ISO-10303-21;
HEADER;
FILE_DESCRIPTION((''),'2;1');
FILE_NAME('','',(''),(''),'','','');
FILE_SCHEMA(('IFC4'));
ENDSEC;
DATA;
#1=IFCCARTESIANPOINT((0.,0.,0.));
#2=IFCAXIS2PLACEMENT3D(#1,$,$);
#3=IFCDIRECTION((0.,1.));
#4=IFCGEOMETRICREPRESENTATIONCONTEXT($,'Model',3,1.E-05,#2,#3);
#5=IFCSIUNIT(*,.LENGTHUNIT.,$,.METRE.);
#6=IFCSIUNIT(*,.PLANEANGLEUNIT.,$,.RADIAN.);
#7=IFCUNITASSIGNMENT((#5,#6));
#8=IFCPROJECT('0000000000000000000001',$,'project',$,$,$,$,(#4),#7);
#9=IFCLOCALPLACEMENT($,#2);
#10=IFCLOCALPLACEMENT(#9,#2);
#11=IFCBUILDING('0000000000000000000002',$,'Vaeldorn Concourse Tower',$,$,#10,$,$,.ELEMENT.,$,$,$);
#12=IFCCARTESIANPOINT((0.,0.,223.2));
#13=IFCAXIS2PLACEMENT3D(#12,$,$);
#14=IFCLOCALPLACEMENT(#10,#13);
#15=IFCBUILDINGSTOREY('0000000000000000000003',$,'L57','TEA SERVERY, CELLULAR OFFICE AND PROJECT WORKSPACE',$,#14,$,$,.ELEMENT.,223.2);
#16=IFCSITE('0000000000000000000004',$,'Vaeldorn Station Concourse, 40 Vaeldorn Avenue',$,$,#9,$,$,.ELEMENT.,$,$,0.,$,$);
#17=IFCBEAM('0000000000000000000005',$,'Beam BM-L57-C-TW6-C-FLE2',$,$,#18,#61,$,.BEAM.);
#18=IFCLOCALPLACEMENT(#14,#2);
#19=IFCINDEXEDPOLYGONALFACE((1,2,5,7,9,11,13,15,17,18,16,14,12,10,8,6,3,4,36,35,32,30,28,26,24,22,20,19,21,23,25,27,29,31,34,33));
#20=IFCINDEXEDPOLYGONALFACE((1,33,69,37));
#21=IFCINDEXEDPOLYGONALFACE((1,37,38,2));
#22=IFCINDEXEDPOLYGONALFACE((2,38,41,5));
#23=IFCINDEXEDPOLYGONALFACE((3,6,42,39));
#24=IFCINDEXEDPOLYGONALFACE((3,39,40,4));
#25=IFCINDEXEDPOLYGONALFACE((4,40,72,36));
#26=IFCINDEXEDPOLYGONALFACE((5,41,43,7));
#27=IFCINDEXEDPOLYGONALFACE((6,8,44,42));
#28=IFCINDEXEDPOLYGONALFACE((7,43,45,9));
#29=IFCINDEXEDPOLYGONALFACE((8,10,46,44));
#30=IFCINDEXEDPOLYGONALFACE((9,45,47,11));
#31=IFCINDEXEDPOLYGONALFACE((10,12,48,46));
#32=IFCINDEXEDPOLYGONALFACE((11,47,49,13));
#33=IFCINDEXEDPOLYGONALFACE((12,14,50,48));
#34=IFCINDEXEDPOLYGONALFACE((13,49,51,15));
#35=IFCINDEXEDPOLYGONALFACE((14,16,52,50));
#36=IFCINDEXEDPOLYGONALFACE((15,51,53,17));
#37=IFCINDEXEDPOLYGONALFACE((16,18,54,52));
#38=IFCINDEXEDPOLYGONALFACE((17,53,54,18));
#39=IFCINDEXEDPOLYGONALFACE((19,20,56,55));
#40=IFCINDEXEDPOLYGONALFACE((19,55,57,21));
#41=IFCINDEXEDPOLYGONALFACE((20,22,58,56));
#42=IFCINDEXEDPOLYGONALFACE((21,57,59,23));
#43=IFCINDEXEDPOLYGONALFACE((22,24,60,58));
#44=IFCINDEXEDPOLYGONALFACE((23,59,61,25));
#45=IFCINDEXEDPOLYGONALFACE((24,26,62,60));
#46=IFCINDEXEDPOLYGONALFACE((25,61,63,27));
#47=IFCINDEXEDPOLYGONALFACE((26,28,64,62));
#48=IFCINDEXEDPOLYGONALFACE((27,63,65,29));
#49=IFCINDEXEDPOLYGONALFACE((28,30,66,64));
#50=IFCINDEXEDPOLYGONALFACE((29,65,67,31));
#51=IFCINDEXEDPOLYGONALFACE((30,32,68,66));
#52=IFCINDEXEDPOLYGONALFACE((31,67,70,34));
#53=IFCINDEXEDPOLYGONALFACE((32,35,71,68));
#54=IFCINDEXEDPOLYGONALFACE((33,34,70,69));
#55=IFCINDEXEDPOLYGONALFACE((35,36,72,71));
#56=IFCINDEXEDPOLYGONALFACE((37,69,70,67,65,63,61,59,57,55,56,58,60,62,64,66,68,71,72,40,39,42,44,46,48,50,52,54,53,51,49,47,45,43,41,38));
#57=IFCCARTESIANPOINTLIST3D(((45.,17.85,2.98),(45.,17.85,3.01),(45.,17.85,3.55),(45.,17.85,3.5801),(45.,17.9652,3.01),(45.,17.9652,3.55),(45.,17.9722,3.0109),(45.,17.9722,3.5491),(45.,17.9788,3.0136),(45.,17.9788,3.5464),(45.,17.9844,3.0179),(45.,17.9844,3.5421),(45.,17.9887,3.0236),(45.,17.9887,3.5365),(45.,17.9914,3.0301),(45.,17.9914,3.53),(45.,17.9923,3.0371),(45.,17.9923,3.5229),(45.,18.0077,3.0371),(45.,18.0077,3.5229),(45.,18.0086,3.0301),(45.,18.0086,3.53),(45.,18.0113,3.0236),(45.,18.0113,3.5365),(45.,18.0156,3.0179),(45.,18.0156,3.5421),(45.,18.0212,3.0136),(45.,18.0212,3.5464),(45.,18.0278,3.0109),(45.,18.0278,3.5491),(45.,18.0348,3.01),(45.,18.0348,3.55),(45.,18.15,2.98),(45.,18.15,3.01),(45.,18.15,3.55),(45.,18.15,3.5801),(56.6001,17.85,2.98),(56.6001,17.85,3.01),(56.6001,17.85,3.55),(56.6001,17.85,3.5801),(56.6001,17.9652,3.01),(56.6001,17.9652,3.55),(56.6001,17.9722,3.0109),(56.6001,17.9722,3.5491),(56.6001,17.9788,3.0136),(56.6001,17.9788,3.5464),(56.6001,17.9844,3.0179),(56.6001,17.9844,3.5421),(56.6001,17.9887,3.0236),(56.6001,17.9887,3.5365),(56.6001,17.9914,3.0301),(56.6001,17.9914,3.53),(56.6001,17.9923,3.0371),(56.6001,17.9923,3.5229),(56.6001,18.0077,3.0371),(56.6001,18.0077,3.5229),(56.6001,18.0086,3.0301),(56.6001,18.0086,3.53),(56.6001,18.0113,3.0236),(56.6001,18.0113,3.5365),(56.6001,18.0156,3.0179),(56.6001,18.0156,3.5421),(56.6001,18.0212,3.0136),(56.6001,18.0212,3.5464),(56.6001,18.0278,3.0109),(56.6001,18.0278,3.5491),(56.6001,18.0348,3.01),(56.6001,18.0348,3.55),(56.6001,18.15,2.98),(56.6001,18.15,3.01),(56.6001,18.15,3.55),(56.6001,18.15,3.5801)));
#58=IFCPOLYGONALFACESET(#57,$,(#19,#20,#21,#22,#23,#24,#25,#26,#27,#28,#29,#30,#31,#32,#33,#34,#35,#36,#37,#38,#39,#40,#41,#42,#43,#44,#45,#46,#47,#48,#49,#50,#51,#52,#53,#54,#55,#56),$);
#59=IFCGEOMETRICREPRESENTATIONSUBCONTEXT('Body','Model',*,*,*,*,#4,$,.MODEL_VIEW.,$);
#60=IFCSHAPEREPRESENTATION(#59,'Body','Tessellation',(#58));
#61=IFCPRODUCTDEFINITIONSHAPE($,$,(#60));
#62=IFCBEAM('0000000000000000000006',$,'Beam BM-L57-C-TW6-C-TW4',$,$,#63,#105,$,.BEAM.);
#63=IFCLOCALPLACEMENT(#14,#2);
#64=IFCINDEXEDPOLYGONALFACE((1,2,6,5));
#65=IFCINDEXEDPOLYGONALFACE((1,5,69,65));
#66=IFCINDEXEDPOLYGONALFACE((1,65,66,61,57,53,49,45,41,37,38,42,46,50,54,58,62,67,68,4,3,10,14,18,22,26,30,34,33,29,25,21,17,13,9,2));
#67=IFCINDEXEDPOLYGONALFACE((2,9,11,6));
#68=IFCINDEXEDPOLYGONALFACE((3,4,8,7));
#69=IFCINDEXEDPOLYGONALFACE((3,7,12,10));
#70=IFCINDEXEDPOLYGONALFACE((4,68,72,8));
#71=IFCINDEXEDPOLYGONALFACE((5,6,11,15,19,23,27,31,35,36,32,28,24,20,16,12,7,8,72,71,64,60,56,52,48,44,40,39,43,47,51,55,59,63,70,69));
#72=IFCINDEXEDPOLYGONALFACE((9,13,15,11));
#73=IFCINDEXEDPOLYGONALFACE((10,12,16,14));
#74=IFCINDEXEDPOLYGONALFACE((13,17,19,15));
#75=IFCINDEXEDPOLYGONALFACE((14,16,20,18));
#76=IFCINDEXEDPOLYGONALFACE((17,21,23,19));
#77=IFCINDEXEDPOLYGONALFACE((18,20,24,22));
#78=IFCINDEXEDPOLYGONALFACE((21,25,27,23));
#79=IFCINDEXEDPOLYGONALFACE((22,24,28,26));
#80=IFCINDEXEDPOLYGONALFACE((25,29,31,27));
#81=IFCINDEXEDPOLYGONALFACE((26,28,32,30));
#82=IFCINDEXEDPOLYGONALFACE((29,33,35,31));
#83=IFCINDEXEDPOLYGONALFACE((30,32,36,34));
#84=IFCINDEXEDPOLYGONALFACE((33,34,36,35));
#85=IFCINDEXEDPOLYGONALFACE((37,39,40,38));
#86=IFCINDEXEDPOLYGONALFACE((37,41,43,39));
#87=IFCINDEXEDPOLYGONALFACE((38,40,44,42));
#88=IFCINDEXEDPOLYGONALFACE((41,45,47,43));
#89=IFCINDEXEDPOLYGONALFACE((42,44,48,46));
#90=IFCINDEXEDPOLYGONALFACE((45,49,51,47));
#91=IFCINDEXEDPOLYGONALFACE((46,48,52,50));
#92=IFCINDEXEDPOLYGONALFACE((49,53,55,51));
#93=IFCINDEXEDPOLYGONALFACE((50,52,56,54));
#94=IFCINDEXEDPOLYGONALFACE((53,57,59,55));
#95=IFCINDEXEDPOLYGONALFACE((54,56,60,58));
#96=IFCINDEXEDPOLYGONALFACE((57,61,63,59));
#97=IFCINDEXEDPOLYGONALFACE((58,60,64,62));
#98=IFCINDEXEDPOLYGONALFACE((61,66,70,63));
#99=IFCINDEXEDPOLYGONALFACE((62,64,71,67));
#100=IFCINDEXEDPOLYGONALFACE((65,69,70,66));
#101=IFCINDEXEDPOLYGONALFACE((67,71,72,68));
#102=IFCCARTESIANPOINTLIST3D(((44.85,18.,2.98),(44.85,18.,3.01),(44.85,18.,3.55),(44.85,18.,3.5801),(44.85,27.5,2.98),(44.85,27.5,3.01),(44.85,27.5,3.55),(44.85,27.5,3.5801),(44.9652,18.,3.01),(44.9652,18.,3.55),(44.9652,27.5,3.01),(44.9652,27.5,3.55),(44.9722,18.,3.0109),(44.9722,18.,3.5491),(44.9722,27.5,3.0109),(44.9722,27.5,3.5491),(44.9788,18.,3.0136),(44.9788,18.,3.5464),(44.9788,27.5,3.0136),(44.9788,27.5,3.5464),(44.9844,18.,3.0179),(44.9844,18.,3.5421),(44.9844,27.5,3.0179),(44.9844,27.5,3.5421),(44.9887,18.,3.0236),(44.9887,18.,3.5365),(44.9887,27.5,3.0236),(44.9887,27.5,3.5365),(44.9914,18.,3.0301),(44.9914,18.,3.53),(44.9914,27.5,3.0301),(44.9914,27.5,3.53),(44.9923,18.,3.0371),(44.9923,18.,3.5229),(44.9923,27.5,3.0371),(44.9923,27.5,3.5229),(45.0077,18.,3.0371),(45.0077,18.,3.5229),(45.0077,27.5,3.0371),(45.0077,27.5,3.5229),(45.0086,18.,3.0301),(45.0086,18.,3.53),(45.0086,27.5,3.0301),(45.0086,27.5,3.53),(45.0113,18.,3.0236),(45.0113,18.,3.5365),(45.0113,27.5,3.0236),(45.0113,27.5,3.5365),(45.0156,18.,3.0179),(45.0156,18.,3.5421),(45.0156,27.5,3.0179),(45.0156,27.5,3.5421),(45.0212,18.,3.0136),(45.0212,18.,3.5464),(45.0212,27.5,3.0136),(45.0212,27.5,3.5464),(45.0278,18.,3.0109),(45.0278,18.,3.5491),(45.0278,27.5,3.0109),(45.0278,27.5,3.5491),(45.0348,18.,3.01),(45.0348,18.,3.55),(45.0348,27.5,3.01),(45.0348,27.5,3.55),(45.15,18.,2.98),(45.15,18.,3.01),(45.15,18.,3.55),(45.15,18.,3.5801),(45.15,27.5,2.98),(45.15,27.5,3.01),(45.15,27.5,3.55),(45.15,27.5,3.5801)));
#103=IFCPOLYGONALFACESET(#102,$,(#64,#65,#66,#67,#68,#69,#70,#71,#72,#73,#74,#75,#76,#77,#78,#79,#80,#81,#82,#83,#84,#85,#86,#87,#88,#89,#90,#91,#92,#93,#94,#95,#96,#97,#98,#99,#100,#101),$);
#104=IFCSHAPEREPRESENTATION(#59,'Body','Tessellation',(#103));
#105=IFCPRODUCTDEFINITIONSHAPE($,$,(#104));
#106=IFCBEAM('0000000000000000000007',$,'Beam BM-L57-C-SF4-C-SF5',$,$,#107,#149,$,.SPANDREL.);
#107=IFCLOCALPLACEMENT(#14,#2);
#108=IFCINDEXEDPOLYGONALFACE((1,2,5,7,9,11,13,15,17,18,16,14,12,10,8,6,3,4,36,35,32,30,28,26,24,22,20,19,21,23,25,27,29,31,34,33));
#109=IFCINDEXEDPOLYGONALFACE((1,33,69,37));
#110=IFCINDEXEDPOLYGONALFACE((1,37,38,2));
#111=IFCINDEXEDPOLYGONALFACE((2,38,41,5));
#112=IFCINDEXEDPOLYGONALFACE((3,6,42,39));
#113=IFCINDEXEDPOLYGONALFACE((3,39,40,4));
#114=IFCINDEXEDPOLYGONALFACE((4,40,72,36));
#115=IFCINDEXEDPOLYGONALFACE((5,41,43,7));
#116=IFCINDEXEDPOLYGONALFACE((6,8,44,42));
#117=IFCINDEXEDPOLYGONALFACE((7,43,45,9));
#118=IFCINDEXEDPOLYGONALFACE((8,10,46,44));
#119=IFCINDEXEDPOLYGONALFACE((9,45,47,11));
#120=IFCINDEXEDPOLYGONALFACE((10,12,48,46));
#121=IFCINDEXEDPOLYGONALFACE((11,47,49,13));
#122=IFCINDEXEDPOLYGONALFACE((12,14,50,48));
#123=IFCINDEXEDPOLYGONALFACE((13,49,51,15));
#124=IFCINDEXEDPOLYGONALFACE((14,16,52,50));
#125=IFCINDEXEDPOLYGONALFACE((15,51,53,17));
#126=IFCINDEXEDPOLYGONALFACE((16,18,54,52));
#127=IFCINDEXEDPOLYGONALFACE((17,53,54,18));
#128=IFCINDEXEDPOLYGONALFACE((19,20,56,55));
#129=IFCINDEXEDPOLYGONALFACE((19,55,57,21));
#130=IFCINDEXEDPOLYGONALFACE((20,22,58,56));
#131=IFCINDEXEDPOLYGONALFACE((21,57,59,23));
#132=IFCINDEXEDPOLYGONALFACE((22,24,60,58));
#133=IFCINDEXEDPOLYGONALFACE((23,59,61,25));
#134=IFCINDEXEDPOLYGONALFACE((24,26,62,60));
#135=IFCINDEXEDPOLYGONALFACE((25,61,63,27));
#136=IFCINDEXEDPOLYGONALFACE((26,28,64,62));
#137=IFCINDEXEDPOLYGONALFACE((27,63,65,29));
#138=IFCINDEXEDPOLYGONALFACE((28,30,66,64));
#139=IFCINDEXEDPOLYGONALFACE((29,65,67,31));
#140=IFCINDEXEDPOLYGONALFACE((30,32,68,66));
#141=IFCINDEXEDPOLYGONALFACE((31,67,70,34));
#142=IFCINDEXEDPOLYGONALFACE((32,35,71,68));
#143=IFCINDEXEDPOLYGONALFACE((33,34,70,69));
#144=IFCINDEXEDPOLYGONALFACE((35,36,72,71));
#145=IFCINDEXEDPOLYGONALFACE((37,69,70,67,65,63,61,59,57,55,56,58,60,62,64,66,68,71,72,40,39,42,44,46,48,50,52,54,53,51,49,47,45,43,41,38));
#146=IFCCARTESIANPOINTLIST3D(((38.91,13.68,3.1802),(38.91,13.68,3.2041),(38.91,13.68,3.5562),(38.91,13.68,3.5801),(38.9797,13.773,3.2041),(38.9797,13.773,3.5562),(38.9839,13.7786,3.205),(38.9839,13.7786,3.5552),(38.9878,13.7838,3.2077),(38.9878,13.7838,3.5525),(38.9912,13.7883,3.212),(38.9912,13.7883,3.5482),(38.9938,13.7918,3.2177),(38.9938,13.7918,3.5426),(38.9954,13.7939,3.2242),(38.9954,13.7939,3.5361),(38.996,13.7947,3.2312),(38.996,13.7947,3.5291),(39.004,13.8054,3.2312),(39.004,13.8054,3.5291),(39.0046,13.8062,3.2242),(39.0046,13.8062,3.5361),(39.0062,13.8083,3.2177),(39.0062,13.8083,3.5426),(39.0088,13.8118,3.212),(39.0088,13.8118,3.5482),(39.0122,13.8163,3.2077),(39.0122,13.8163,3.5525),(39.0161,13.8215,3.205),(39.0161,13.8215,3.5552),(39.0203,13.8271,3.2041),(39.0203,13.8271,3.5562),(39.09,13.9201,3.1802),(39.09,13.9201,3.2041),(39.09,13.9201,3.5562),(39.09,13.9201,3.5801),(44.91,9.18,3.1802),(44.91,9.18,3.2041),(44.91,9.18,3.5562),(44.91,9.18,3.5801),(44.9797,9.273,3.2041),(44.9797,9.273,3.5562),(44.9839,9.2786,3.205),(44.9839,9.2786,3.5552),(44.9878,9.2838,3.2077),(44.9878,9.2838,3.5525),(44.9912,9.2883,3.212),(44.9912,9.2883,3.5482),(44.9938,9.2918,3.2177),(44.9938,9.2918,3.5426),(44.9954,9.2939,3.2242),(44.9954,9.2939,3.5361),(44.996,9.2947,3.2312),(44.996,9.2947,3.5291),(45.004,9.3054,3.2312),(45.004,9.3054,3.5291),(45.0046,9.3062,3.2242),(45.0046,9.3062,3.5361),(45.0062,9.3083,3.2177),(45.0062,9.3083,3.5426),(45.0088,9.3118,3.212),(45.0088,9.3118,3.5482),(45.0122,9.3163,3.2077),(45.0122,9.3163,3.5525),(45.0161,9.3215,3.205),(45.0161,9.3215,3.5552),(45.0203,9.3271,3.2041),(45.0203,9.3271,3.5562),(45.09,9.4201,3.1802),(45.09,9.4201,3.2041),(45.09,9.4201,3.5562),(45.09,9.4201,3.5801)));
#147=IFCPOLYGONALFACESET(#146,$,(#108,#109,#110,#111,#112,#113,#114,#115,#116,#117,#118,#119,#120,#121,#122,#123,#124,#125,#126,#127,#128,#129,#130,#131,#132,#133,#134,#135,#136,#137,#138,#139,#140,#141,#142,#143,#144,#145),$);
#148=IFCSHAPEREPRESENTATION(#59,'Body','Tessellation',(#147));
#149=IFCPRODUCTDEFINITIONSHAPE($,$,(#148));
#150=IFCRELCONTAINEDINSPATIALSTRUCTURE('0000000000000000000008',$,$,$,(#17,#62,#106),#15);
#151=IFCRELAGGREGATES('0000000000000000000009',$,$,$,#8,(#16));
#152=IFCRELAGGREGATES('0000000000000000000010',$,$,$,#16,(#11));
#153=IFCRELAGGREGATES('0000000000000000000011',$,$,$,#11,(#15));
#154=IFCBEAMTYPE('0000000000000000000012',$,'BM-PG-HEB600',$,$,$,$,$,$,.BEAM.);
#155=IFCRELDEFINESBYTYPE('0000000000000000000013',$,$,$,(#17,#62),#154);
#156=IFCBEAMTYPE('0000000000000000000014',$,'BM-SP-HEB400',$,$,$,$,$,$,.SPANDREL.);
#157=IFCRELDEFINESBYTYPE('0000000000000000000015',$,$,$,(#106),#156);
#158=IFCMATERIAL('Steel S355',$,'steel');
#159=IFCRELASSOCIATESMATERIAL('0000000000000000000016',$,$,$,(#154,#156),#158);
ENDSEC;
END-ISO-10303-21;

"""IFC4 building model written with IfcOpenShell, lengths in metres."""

from ifc_helpers import new_model, si_unit, direction, frame, origin, origin_2d, place, context, subcontext, project, spatial, i_section, extrude, source, transform, mapped, material, material_profile, profile_set, type_object, element, save


model = new_model("IFC4")

# Units and contexts
model_context = context("Model", 3, precision=1e-05, world=origin(), true_north=direction((0.0, 1.0)))
body_context = subcontext(model_context, "Body", "Model", "MODEL_VIEW")
ifc_project = project(units=[si_unit("LENGTHUNIT", "METRE"), si_unit("PLANEANGLEUNIT", "RADIAN")], contexts=[model_context])

# Site, building, storey
site_placement = place(None, origin())
site = spatial("IfcSite", under=ifc_project, at=site_placement, Name="Vaeldorn Station Concourse, 40 Vaeldorn Avenue", CompositionType="ELEMENT", RefElevation=0.0)
building_placement = place(site_placement, origin())
building = spatial("IfcBuilding", under=site, at=building_placement, Name="Vaeldorn Concourse Tower", CompositionType="ELEMENT")
storey_placement = place(building_placement, frame((0.0, 0.0, 223.2)))
storey = spatial("IfcBuildingStorey", under=building, at=storey_placement, Name="L57", Description="TEA SERVERY, CELLULAR OFFICE AND PROJECT WORKSPACE", CompositionType="ELEMENT", Elevation=223.2)

# Shared definitions
ifc_material_1 = material(Name="Steel S355", Category="steel")

# Beams
ifc_material_profile_1 = material_profile(ifc_material_1, i_section(OverallWidth=0.3, OverallDepth=0.6001, WebThickness=0.0154, FlangeThickness=0.03, FilletRadius=0.0271, at=origin_2d()), Name="HEB 600")
ifc_profile_set_1 = profile_set([ifc_material_profile_1], Name="Steel S355")
beam_type_1 = type_object("IfcBeamType", Name="BM-PG-HEB600", PredefinedType="BEAM", material=ifc_profile_set_1)
shared_shape_1 = source(origin(), body_context, "Body", "SweptSolid", [
    extrude(i_section(OverallWidth=0.3, OverallDepth=0.6001, WebThickness=0.0154, FlangeThickness=0.03, FilletRadius=0.0271, at=origin_2d()), origin(), (0.0, 0.0, 1.0), 11.6001),
])
beam_1_placement = place(storey_placement, frame((45.0, 18.0, 3.28), z_axis=(1.0, 0.0, 0.0), x_axis=(0.0, 1.0, 0.0)))
element("IfcBeam", 1, at=beam_1_placement, inside=storey, type_object=beam_type_1, Name="Beam BM-L57-C-TW6-C-FLE2", PredefinedType="BEAM", context=body_context, shape_type="MappedRepresentation", body=[
    mapped(shared_shape_1, transform((0.0, 0.0, 0.0), scale=1.0)),
])
shared_shape_2 = source(origin(), body_context, "Body", "SweptSolid", [
    extrude(i_section(OverallWidth=0.3, OverallDepth=0.6001, WebThickness=0.0154, FlangeThickness=0.03, FilletRadius=0.0271, at=origin_2d()), origin(), (0.0, 0.0, 1.0), 9.5),
])
beam_2_placement = place(storey_placement, frame((45.0, 18.0, 3.28), z_axis=(0.0, 1.0, 0.0), x_axis=(-1.0, 0.0, 0.0)))
element("IfcBeam", 2, at=beam_2_placement, inside=storey, type_object=beam_type_1, Name="Beam BM-L57-C-TW6-C-TW4", PredefinedType="BEAM", context=body_context, shape_type="MappedRepresentation", body=[
    mapped(shared_shape_2, transform((0.0, 0.0, 0.0), scale=1.0)),
])
ifc_material_profile_2 = material_profile(ifc_material_1, i_section(OverallWidth=0.3, OverallDepth=0.3999, WebThickness=0.0134, FlangeThickness=0.0239, FilletRadius=0.0271, at=origin_2d()), Name="HEB 400")
ifc_profile_set_2 = profile_set([ifc_material_profile_2], Name="Steel S355")
beam_type_2 = type_object("IfcBeamType", Name="BM-SP-HEB400", PredefinedType="SPANDREL", material=ifc_profile_set_2)
shared_shape_3 = source(origin(), body_context, "Body", "SweptSolid", [
    extrude(i_section(OverallWidth=0.3, OverallDepth=0.3999, WebThickness=0.0134, FlangeThickness=0.0239, FilletRadius=0.0271, at=origin_2d()), origin(), (0.0, 0.0, 1.0), 7.5),
])
beam_3_placement = place(storey_placement, frame((39.0, 13.8, 3.3801), z_axis=(0.8, -0.6, 0.0), x_axis=(0.6, 0.8, 0.0)))
element("IfcBeam", 3, at=beam_3_placement, inside=storey, type_object=beam_type_2, Name="Beam BM-L57-C-SF4-C-SF5", PredefinedType="SPANDREL", context=body_context, shape_type="MappedRepresentation", body=[
    mapped(shared_shape_3, transform((0.0, 0.0, 0.0), scale=1.0)),
])

save(model, "model.ifc")
